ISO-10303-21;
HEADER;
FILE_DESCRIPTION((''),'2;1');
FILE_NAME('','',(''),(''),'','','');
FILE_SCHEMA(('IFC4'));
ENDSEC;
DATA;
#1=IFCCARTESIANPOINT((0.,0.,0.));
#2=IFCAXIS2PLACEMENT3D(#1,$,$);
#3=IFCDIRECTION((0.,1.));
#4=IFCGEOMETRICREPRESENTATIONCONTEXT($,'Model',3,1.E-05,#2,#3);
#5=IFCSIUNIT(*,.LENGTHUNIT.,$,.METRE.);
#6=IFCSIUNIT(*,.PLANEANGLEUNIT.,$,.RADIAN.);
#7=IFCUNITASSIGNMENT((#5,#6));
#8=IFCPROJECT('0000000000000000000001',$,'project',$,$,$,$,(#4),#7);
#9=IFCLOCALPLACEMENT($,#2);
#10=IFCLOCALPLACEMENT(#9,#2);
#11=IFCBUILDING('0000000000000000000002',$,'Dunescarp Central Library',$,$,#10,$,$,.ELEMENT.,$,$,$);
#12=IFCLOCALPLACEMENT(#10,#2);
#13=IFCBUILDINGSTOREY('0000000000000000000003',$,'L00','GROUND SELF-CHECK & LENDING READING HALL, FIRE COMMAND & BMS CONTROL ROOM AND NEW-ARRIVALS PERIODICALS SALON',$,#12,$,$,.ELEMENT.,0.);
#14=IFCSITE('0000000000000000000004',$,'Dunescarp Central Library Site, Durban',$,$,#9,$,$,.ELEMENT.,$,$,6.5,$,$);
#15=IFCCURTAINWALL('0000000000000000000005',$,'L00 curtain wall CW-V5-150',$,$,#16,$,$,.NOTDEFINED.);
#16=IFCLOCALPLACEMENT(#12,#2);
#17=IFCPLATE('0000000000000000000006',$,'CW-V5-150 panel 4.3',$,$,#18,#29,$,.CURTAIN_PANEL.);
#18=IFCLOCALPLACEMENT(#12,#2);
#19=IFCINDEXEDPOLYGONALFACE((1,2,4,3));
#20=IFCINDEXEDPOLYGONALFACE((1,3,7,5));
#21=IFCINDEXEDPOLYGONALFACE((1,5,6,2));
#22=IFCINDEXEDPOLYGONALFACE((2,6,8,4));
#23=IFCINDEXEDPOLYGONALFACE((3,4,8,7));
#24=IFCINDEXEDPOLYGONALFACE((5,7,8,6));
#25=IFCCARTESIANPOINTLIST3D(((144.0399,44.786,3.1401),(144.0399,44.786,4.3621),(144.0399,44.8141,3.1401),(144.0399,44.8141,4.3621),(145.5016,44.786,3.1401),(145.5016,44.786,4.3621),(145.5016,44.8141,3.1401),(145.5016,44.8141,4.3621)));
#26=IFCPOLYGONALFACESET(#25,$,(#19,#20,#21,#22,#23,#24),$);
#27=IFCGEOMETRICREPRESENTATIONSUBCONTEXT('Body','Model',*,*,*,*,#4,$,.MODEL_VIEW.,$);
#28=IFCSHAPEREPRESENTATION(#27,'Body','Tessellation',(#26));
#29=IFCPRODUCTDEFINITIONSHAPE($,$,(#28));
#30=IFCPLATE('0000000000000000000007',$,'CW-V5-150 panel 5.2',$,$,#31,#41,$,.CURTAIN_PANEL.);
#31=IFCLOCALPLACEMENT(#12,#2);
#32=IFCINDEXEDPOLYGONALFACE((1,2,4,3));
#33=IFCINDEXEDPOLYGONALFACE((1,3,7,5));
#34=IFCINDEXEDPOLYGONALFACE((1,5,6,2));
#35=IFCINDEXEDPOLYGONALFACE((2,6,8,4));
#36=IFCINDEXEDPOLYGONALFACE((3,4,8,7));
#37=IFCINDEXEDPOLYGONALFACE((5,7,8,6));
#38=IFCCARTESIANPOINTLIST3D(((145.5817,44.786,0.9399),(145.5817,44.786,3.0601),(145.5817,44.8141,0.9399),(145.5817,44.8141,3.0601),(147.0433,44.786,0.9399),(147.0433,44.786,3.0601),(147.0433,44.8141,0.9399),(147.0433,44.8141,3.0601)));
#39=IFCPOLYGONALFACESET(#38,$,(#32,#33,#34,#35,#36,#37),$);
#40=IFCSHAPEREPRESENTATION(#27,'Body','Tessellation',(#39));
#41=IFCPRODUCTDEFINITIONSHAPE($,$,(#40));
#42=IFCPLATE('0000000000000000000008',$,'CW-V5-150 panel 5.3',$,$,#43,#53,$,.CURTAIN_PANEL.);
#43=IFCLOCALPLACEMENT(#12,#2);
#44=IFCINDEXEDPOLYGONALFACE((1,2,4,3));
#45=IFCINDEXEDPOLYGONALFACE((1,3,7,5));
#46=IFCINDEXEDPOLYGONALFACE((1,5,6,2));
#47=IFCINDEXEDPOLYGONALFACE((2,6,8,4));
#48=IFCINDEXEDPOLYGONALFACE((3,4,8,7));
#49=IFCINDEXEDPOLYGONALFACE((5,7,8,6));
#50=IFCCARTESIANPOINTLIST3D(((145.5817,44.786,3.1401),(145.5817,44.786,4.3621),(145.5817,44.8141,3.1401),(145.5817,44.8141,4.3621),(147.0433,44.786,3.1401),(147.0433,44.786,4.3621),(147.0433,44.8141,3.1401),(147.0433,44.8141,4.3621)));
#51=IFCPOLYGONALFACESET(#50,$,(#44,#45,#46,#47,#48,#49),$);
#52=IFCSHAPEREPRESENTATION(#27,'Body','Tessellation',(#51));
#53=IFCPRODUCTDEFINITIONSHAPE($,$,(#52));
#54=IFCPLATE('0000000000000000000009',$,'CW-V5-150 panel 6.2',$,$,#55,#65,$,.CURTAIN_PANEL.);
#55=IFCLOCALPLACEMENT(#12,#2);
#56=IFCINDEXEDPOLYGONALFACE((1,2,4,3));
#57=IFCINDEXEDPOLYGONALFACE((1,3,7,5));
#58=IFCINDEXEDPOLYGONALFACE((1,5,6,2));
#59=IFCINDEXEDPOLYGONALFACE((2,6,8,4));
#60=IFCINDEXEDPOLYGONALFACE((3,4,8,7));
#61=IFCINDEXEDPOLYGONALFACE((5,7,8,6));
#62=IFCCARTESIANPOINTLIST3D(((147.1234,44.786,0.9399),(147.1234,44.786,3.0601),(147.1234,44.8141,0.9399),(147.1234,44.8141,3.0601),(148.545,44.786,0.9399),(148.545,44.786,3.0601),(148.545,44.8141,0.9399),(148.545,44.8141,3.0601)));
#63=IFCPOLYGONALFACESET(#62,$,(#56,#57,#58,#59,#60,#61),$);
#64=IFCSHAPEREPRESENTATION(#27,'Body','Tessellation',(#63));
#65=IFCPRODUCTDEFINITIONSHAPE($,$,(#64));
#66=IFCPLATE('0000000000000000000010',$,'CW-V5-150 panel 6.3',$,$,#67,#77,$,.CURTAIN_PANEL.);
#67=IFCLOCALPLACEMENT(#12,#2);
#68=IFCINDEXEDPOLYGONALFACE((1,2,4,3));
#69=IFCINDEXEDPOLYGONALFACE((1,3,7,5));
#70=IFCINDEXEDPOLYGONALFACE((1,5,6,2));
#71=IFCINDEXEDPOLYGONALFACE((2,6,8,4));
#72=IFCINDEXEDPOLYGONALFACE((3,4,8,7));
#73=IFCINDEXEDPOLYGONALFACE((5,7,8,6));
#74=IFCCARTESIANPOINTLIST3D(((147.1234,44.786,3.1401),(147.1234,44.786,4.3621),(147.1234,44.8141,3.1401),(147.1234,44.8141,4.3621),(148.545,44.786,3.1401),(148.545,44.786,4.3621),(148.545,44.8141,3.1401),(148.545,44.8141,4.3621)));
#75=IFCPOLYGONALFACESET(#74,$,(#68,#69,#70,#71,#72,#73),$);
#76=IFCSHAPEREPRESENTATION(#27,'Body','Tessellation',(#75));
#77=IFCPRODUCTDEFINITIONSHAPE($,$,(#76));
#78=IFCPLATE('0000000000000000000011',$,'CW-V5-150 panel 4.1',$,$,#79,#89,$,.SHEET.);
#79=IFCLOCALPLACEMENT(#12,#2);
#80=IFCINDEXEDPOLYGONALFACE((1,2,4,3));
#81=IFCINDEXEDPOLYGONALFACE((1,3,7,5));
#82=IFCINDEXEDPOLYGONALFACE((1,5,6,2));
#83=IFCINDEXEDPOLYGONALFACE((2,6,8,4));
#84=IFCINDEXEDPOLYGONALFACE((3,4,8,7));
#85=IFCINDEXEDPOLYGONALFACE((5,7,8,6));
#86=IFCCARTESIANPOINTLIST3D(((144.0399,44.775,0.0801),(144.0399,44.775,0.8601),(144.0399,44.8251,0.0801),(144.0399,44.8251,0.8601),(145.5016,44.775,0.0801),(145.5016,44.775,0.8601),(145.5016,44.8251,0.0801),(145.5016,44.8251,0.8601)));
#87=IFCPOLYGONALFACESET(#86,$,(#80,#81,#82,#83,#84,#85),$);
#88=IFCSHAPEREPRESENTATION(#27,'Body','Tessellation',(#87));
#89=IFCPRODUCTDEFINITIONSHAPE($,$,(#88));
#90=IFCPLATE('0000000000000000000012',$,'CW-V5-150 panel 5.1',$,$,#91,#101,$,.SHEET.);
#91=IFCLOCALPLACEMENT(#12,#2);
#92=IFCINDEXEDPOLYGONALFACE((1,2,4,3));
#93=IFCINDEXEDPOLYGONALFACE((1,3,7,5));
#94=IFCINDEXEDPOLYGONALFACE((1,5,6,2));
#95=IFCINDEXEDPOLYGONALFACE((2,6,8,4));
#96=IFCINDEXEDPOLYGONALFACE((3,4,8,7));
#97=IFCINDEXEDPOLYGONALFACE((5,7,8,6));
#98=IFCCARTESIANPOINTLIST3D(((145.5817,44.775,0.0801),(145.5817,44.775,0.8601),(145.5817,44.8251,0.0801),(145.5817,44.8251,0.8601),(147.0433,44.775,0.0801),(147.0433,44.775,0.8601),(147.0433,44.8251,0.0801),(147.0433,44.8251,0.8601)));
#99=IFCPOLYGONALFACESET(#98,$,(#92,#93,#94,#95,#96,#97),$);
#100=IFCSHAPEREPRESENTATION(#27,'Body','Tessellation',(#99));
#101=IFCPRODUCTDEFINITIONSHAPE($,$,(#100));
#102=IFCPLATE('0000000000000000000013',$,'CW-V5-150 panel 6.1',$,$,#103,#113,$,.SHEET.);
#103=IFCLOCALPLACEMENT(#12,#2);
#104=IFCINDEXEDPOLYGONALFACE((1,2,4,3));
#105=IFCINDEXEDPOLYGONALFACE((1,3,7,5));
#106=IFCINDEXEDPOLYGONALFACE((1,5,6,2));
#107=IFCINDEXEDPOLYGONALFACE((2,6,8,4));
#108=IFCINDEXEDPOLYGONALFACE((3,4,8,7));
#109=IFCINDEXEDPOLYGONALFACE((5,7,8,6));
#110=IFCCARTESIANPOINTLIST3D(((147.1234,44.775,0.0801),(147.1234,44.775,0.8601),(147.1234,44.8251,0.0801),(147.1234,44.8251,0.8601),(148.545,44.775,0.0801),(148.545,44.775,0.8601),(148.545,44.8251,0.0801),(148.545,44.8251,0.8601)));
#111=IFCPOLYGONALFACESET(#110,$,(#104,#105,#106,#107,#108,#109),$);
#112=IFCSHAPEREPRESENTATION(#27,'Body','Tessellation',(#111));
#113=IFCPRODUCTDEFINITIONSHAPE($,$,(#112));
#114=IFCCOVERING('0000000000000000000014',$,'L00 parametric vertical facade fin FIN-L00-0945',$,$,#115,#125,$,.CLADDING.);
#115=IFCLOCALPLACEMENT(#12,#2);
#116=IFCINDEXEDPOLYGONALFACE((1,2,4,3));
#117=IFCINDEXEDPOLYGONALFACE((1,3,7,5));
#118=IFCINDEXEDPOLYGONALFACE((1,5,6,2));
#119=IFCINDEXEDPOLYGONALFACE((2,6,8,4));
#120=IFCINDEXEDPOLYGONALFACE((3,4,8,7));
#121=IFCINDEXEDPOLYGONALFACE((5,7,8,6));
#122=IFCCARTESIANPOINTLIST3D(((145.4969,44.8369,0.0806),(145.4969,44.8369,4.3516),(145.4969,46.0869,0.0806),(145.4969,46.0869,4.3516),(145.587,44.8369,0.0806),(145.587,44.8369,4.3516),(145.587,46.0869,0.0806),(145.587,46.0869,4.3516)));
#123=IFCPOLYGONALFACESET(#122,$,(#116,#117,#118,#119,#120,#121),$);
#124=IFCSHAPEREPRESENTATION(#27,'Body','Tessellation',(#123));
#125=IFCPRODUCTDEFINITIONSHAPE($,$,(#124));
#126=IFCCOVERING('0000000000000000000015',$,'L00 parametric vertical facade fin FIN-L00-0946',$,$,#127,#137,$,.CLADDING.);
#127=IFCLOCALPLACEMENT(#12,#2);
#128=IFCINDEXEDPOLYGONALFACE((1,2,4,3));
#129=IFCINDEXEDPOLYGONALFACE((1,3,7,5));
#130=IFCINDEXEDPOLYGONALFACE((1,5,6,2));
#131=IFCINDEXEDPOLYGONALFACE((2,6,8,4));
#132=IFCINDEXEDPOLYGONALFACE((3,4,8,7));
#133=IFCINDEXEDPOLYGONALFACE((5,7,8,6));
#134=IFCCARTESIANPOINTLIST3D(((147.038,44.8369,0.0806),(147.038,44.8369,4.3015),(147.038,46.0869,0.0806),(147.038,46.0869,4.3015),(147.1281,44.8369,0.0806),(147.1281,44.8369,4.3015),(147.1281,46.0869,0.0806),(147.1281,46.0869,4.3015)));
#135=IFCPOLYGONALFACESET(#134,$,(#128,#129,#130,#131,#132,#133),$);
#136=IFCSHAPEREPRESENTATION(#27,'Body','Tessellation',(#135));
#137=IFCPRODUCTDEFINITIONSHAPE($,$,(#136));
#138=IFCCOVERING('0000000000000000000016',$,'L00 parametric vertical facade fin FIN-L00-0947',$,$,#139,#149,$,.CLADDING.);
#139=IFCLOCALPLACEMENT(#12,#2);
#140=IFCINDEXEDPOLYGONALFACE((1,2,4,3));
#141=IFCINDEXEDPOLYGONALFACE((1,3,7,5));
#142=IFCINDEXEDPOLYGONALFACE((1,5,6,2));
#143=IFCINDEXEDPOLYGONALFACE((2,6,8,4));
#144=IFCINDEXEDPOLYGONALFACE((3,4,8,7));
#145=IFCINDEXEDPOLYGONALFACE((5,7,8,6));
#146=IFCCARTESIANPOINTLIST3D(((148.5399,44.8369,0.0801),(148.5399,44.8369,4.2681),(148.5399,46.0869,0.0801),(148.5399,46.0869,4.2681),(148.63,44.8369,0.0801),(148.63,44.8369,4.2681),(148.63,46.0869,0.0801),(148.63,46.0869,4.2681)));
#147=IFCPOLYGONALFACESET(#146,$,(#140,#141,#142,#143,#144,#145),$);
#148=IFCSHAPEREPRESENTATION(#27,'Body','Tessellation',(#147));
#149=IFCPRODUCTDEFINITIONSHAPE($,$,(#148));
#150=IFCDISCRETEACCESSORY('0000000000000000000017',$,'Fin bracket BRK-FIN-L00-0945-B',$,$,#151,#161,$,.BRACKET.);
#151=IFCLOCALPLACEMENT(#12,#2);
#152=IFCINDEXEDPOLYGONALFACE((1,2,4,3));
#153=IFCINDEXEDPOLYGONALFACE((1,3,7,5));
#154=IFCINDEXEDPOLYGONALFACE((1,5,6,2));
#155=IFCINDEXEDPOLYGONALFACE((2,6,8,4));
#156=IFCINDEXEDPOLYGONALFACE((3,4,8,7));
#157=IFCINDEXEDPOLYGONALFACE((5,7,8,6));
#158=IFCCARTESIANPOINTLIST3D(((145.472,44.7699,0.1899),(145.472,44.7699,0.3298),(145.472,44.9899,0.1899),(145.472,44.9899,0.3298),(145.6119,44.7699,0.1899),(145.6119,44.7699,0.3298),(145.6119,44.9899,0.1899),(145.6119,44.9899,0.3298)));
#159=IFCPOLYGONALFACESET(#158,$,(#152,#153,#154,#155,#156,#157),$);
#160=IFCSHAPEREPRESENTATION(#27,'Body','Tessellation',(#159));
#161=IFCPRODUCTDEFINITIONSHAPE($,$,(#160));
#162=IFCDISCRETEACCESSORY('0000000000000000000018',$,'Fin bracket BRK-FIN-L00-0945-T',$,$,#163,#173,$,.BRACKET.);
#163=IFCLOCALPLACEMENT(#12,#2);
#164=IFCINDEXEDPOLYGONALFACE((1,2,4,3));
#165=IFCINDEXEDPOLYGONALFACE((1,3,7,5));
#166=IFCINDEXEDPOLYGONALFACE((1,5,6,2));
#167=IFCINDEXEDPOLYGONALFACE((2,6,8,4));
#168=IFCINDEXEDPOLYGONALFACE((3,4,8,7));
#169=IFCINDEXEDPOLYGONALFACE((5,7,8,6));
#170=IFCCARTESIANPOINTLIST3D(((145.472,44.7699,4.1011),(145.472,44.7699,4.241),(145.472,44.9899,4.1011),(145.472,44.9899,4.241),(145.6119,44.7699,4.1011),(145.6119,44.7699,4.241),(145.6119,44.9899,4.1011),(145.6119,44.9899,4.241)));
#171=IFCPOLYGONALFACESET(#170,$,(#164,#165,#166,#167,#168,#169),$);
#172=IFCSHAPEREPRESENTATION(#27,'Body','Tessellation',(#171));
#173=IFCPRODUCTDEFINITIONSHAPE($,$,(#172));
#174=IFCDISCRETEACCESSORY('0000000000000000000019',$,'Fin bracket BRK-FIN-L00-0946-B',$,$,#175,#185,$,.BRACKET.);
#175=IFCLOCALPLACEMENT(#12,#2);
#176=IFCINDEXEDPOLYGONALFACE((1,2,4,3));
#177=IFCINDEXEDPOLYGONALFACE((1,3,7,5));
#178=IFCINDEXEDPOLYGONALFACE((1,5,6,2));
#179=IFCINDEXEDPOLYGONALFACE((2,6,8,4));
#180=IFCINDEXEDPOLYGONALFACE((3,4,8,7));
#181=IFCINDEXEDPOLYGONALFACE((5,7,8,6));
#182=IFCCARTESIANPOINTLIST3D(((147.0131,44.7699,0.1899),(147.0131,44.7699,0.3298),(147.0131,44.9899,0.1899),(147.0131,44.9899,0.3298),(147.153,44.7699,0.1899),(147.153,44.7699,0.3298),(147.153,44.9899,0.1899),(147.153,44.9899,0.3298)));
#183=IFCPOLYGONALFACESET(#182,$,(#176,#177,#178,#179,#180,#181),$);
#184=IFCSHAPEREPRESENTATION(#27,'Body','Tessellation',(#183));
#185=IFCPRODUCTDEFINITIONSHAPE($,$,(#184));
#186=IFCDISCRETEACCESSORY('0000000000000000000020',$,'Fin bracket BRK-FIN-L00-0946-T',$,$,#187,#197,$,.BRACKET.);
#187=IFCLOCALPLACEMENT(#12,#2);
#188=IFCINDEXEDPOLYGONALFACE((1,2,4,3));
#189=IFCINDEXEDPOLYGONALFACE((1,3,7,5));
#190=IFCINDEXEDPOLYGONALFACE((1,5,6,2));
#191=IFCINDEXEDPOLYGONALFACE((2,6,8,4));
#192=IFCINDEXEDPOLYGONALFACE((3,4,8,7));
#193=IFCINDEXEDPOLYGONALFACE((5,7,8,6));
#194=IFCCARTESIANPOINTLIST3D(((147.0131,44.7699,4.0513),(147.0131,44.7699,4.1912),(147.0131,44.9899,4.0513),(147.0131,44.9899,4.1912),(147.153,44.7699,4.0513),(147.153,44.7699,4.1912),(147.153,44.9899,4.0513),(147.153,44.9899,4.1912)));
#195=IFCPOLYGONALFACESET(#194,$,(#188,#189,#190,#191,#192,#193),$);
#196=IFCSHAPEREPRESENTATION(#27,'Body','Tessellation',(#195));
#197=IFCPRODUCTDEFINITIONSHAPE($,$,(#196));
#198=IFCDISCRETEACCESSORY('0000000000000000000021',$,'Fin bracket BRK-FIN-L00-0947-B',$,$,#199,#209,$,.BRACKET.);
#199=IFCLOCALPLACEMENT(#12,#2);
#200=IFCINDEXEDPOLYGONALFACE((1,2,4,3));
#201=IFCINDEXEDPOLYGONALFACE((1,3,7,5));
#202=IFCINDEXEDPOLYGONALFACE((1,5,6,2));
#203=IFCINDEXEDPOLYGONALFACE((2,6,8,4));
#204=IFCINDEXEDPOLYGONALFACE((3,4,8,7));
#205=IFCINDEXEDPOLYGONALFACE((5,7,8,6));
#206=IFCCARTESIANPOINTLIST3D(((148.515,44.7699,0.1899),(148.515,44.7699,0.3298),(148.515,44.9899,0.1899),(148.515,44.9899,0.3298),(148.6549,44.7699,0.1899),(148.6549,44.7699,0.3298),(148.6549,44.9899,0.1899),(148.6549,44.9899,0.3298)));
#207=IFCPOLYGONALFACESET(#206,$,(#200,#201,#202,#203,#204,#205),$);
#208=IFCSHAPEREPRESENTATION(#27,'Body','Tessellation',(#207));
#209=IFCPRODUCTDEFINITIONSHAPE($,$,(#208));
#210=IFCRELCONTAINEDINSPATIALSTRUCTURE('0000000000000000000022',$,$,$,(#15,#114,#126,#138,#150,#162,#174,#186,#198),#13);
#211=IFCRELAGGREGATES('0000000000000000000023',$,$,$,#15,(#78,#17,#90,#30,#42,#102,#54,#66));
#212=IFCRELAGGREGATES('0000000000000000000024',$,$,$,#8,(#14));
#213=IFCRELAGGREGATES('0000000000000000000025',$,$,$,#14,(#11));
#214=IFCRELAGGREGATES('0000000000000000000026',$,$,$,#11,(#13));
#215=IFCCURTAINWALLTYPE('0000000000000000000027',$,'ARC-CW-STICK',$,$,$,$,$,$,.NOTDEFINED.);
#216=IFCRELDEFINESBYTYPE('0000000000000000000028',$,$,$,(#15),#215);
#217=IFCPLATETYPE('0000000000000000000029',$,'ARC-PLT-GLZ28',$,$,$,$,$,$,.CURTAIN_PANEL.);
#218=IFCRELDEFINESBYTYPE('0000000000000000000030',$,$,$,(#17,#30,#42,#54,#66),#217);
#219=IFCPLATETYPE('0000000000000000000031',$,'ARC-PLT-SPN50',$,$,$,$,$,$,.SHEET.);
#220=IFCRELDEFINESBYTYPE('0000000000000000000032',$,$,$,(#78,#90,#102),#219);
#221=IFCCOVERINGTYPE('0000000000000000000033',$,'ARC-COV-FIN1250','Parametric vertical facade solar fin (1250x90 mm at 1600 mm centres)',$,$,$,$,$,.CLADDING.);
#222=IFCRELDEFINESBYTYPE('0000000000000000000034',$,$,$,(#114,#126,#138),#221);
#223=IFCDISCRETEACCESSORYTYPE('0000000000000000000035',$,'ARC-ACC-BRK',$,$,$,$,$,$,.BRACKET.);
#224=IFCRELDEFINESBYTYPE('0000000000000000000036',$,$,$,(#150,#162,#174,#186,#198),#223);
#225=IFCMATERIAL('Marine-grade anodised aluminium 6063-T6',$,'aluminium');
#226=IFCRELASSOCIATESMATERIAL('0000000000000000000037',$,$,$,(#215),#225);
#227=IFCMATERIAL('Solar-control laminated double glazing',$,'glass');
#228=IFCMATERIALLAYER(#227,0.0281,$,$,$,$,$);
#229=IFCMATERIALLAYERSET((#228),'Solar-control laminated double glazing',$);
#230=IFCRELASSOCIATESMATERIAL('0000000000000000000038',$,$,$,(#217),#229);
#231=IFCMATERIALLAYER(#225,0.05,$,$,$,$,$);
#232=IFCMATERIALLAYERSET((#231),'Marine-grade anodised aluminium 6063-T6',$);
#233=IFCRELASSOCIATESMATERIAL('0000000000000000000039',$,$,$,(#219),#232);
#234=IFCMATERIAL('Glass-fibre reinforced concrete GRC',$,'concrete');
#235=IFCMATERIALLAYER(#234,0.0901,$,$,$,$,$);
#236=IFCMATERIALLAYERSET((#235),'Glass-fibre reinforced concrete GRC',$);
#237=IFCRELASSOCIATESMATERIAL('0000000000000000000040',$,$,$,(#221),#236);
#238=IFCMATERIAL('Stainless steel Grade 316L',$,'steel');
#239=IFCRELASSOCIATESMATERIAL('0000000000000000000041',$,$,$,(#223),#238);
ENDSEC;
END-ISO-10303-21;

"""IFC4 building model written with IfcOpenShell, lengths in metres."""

from ifc_helpers import new_model, si_unit, direction, frame, origin, origin_2d, place, context, subcontext, project, spatial, rectangle, extrude, material, layer, layer_set, type_object, element, aggregate, save


model = new_model("IFC4")

# Units and contexts
model_context = context("Model", 3, precision=1e-05, world=origin(), true_north=direction((0.0, 1.0)))
body_context = subcontext(model_context, "Body", "Model", "MODEL_VIEW")
ifc_project = project(units=[si_unit("LENGTHUNIT", "METRE"), si_unit("PLANEANGLEUNIT", "RADIAN")], contexts=[model_context])

# Site, building, storey
site_placement = place(None, origin())
site = spatial("IfcSite", under=ifc_project, at=site_placement, Name="Dunescarp Central Library Site, Durban", CompositionType="ELEMENT", RefElevation=6.5)
building_placement = place(site_placement, origin())
building = spatial("IfcBuilding", under=site, at=building_placement, Name="Dunescarp Central Library", CompositionType="ELEMENT")
storey_placement = place(building_placement, origin())
storey = spatial("IfcBuildingStorey", under=building, at=storey_placement, Name="L00", Description="GROUND SELF-CHECK & LENDING READING HALL, FIRE COMMAND & BMS CONTROL ROOM AND NEW-ARRIVALS PERIODICALS SALON", CompositionType="ELEMENT", Elevation=0.0)

# Curtain wall, plates
ifc_material_1 = material(Name="Marine-grade anodised aluminium 6063-T6", Category="aluminium")
curtain_wall_type = type_object("IfcCurtainWallType", Name="ARC-CW-STICK", PredefinedType="NOTDEFINED", material=ifc_material_1)
curtain_wall_placement = place(storey_placement, origin())
curtain_wall = element("IfcCurtainWall", 1, at=curtain_wall_placement, inside=storey, type_object=curtain_wall_type, Name="L00 curtain wall CW-V5-150", PredefinedType="NOTDEFINED")
ifc_material_2 = material(Name="Solar-control laminated double glazing", Category="glass")
ifc_layer_1 = layer(ifc_material_2, 0.0281)
ifc_layer_set_1 = layer_set([ifc_layer_1], Name="Solar-control laminated double glazing")
plate_type_1 = type_object("IfcPlateType", Name="ARC-PLT-GLZ28", PredefinedType="CURTAIN_PANEL", material=ifc_layer_set_1)
plate_1_placement = place(storey_placement, frame((144.7708, 44.8, 3.1401), z_axis=(0.0, 0.0, 1.0), x_axis=(1.0, 0.0, 0.0)))
plate_1 = element("IfcPlate", 2, at=plate_1_placement, type_object=plate_type_1, Name="CW-V5-150 panel 4.3", PredefinedType="CURTAIN_PANEL", context=body_context, shape_type="SweptSolid", body=[
    extrude(rectangle(XDim=1.4617, YDim=0.0281, at=origin_2d()), origin(), (0.0, 0.0, 1.0), 1.2219),
])
plate_2_placement = place(storey_placement, frame((146.3125, 44.8, 0.9399), z_axis=(0.0, 0.0, 1.0), x_axis=(1.0, 0.0, 0.0)))
plate_2 = element("IfcPlate", 3, at=plate_2_placement, type_object=plate_type_1, Name="CW-V5-150 panel 5.2", PredefinedType="CURTAIN_PANEL", context=body_context, shape_type="SweptSolid", body=[
    extrude(rectangle(XDim=1.4617, YDim=0.0281, at=origin_2d()), origin(), (0.0, 0.0, 1.0), 2.1201),
])
plate_3_placement = place(storey_placement, frame((146.3125, 44.8, 3.1401), z_axis=(0.0, 0.0, 1.0), x_axis=(1.0, 0.0, 0.0)))
plate_3 = element("IfcPlate", 4, at=plate_3_placement, type_object=plate_type_1, Name="CW-V5-150 panel 5.3", PredefinedType="CURTAIN_PANEL", context=body_context, shape_type="SweptSolid", body=[
    extrude(rectangle(XDim=1.4617, YDim=0.0281, at=origin_2d()), origin(), (0.0, 0.0, 1.0), 1.2219),
])
plate_4_placement = place(storey_placement, frame((147.8342, 44.8, 0.9399), z_axis=(0.0, 0.0, 1.0), x_axis=(1.0, 0.0, 0.0)))
plate_4 = element("IfcPlate", 5, at=plate_4_placement, type_object=plate_type_1, Name="CW-V5-150 panel 6.2", PredefinedType="CURTAIN_PANEL", context=body_context, shape_type="SweptSolid", body=[
    extrude(rectangle(XDim=1.4216, YDim=0.0281, at=origin_2d()), origin(), (0.0, 0.0, 1.0), 2.1201),
])
plate_5_placement = place(storey_placement, frame((147.8342, 44.8, 3.1401), z_axis=(0.0, 0.0, 1.0), x_axis=(1.0, 0.0, 0.0)))
plate_5 = element("IfcPlate", 6, at=plate_5_placement, type_object=plate_type_1, Name="CW-V5-150 panel 6.3", PredefinedType="CURTAIN_PANEL", context=body_context, shape_type="SweptSolid", body=[
    extrude(rectangle(XDim=1.4216, YDim=0.0281, at=origin_2d()), origin(), (0.0, 0.0, 1.0), 1.2219),
])
ifc_layer_2 = layer(ifc_material_1, 0.05)
ifc_layer_set_2 = layer_set([ifc_layer_2], Name="Marine-grade anodised aluminium 6063-T6")
plate_type_2 = type_object("IfcPlateType", Name="ARC-PLT-SPN50", PredefinedType="SHEET", material=ifc_layer_set_2)
plate_6_placement = place(storey_placement, frame((144.7708, 44.8, 0.0801), z_axis=(0.0, 0.0, 1.0), x_axis=(1.0, 0.0, 0.0)))
plate_6 = element("IfcPlate", 7, at=plate_6_placement, type_object=plate_type_2, Name="CW-V5-150 panel 4.1", PredefinedType="SHEET", context=body_context, shape_type="SweptSolid", body=[
    extrude(rectangle(XDim=1.4617, YDim=0.05, at=origin_2d()), origin(), (0.0, 0.0, 1.0), 0.78),
])
plate_7_placement = place(storey_placement, frame((146.3125, 44.8, 0.0801), z_axis=(0.0, 0.0, 1.0), x_axis=(1.0, 0.0, 0.0)))
plate_7 = element("IfcPlate", 8, at=plate_7_placement, type_object=plate_type_2, Name="CW-V5-150 panel 5.1", PredefinedType="SHEET", context=body_context, shape_type="SweptSolid", body=[
    extrude(rectangle(XDim=1.4617, YDim=0.05, at=origin_2d()), origin(), (0.0, 0.0, 1.0), 0.78),
])
plate_8_placement = place(storey_placement, frame((147.8342, 44.8, 0.0801), z_axis=(0.0, 0.0, 1.0), x_axis=(1.0, 0.0, 0.0)))
plate_8 = element("IfcPlate", 9, at=plate_8_placement, type_object=plate_type_2, Name="CW-V5-150 panel 6.1", PredefinedType="SHEET", context=body_context, shape_type="SweptSolid", body=[
    extrude(rectangle(XDim=1.4216, YDim=0.05, at=origin_2d()), origin(), (0.0, 0.0, 1.0), 0.78),
])
aggregate(curtain_wall, [plate_6, plate_1, plate_7, plate_2, plate_3, plate_8, plate_4, plate_5])

# Shared definitions
ifc_material_3 = material(Name="Glass-fibre reinforced concrete GRC", Category="concrete")

# Coverings
ifc_layer_3 = layer(ifc_material_3, 0.0901)
ifc_layer_set_3 = layer_set([ifc_layer_3], Name="Glass-fibre reinforced concrete GRC")
covering_type = type_object("IfcCoveringType", Name="ARC-COV-FIN1250", Description="Parametric vertical facade solar fin (1250x90 mm at 1600 mm centres)", PredefinedType="CLADDING", material=ifc_layer_set_3)
covering_1_placement = place(storey_placement, frame((145.542, 45.4619, 0.0806), z_axis=(0.0, 0.0, 1.0), x_axis=(0.0, 1.0, 0.0)))
element("IfcCovering", 10, at=covering_1_placement, inside=storey, type_object=covering_type, Name="L00 parametric vertical facade fin FIN-L00-0945", PredefinedType="CLADDING", context=body_context, shape_type="SweptSolid", body=[
    extrude(rectangle(XDim=1.25, YDim=0.0901, at=origin_2d()), origin(), (0.0, 0.0, 1.0), 4.271),
])
covering_2_placement = place(storey_placement, frame((147.083, 45.4619, 0.0806), z_axis=(0.0, 0.0, 1.0), x_axis=(0.0, 1.0, 0.0)))
element("IfcCovering", 11, at=covering_2_placement, inside=storey, type_object=covering_type, Name="L00 parametric vertical facade fin FIN-L00-0946", PredefinedType="CLADDING", context=body_context, shape_type="SweptSolid", body=[
    extrude(rectangle(XDim=1.25, YDim=0.0901, at=origin_2d()), origin(), (0.0, 0.0, 1.0), 4.2209),
])
covering_3_placement = place(storey_placement, frame((148.585, 45.4619, 0.0801), z_axis=(0.0, 0.0, 1.0), x_axis=(0.0, 1.0, 0.0)))
element("IfcCovering", 12, at=covering_3_placement, inside=storey, type_object=covering_type, Name="L00 parametric vertical facade fin FIN-L00-0947", PredefinedType="CLADDING", context=body_context, shape_type="SweptSolid", body=[
    extrude(rectangle(XDim=1.25, YDim=0.0901, at=origin_2d()), origin(), (0.0, 0.0, 1.0), 4.188),
])

# Discrete accessories
ifc_material_4 = material(Name="Stainless steel Grade 316L", Category="steel")
discrete_accessory_type = type_object("IfcDiscreteAccessoryType", Name="ARC-ACC-BRK", PredefinedType="BRACKET", material=ifc_material_4)
for number, where, z_axis, x_axis, name in (
    (13, (145.542, 44.8799, 0.1899), (0.0, 0.0, 1.0), (0.0, 1.0, 0.0), "Fin bracket BRK-FIN-L00-0945-B"),
    (14, (145.542, 44.8799, 4.1011), (0.0, 0.0, 1.0), (0.0, 1.0, 0.0), "Fin bracket BRK-FIN-L00-0945-T"),
    (15, (147.083, 44.8799, 0.1899), (0.0, 0.0, 1.0), (0.0, 1.0, 0.0), "Fin bracket BRK-FIN-L00-0946-B"),
    (16, (147.083, 44.8799, 4.0513), (0.0, 0.0, 1.0), (0.0, 1.0, 0.0), "Fin bracket BRK-FIN-L00-0946-T"),
    (17, (148.585, 44.8799, 0.1899), (0.0, 0.0, 1.0), (0.0, 1.0, 0.0), "Fin bracket BRK-FIN-L00-0947-B"),
):
    element("IfcDiscreteAccessory", number, at=place(storey_placement, frame(where, z_axis=z_axis, x_axis=x_axis)), inside=storey, type_object=discrete_accessory_type, Name=name, PredefinedType="BRACKET", context=body_context, shape_type="SweptSolid", body=[
        extrude(rectangle(XDim=0.22, YDim=0.1399, at=origin_2d()), origin(), (0.0, 0.0, 1.0), 0.1399),
    ])

save(model, "model.ifc")
